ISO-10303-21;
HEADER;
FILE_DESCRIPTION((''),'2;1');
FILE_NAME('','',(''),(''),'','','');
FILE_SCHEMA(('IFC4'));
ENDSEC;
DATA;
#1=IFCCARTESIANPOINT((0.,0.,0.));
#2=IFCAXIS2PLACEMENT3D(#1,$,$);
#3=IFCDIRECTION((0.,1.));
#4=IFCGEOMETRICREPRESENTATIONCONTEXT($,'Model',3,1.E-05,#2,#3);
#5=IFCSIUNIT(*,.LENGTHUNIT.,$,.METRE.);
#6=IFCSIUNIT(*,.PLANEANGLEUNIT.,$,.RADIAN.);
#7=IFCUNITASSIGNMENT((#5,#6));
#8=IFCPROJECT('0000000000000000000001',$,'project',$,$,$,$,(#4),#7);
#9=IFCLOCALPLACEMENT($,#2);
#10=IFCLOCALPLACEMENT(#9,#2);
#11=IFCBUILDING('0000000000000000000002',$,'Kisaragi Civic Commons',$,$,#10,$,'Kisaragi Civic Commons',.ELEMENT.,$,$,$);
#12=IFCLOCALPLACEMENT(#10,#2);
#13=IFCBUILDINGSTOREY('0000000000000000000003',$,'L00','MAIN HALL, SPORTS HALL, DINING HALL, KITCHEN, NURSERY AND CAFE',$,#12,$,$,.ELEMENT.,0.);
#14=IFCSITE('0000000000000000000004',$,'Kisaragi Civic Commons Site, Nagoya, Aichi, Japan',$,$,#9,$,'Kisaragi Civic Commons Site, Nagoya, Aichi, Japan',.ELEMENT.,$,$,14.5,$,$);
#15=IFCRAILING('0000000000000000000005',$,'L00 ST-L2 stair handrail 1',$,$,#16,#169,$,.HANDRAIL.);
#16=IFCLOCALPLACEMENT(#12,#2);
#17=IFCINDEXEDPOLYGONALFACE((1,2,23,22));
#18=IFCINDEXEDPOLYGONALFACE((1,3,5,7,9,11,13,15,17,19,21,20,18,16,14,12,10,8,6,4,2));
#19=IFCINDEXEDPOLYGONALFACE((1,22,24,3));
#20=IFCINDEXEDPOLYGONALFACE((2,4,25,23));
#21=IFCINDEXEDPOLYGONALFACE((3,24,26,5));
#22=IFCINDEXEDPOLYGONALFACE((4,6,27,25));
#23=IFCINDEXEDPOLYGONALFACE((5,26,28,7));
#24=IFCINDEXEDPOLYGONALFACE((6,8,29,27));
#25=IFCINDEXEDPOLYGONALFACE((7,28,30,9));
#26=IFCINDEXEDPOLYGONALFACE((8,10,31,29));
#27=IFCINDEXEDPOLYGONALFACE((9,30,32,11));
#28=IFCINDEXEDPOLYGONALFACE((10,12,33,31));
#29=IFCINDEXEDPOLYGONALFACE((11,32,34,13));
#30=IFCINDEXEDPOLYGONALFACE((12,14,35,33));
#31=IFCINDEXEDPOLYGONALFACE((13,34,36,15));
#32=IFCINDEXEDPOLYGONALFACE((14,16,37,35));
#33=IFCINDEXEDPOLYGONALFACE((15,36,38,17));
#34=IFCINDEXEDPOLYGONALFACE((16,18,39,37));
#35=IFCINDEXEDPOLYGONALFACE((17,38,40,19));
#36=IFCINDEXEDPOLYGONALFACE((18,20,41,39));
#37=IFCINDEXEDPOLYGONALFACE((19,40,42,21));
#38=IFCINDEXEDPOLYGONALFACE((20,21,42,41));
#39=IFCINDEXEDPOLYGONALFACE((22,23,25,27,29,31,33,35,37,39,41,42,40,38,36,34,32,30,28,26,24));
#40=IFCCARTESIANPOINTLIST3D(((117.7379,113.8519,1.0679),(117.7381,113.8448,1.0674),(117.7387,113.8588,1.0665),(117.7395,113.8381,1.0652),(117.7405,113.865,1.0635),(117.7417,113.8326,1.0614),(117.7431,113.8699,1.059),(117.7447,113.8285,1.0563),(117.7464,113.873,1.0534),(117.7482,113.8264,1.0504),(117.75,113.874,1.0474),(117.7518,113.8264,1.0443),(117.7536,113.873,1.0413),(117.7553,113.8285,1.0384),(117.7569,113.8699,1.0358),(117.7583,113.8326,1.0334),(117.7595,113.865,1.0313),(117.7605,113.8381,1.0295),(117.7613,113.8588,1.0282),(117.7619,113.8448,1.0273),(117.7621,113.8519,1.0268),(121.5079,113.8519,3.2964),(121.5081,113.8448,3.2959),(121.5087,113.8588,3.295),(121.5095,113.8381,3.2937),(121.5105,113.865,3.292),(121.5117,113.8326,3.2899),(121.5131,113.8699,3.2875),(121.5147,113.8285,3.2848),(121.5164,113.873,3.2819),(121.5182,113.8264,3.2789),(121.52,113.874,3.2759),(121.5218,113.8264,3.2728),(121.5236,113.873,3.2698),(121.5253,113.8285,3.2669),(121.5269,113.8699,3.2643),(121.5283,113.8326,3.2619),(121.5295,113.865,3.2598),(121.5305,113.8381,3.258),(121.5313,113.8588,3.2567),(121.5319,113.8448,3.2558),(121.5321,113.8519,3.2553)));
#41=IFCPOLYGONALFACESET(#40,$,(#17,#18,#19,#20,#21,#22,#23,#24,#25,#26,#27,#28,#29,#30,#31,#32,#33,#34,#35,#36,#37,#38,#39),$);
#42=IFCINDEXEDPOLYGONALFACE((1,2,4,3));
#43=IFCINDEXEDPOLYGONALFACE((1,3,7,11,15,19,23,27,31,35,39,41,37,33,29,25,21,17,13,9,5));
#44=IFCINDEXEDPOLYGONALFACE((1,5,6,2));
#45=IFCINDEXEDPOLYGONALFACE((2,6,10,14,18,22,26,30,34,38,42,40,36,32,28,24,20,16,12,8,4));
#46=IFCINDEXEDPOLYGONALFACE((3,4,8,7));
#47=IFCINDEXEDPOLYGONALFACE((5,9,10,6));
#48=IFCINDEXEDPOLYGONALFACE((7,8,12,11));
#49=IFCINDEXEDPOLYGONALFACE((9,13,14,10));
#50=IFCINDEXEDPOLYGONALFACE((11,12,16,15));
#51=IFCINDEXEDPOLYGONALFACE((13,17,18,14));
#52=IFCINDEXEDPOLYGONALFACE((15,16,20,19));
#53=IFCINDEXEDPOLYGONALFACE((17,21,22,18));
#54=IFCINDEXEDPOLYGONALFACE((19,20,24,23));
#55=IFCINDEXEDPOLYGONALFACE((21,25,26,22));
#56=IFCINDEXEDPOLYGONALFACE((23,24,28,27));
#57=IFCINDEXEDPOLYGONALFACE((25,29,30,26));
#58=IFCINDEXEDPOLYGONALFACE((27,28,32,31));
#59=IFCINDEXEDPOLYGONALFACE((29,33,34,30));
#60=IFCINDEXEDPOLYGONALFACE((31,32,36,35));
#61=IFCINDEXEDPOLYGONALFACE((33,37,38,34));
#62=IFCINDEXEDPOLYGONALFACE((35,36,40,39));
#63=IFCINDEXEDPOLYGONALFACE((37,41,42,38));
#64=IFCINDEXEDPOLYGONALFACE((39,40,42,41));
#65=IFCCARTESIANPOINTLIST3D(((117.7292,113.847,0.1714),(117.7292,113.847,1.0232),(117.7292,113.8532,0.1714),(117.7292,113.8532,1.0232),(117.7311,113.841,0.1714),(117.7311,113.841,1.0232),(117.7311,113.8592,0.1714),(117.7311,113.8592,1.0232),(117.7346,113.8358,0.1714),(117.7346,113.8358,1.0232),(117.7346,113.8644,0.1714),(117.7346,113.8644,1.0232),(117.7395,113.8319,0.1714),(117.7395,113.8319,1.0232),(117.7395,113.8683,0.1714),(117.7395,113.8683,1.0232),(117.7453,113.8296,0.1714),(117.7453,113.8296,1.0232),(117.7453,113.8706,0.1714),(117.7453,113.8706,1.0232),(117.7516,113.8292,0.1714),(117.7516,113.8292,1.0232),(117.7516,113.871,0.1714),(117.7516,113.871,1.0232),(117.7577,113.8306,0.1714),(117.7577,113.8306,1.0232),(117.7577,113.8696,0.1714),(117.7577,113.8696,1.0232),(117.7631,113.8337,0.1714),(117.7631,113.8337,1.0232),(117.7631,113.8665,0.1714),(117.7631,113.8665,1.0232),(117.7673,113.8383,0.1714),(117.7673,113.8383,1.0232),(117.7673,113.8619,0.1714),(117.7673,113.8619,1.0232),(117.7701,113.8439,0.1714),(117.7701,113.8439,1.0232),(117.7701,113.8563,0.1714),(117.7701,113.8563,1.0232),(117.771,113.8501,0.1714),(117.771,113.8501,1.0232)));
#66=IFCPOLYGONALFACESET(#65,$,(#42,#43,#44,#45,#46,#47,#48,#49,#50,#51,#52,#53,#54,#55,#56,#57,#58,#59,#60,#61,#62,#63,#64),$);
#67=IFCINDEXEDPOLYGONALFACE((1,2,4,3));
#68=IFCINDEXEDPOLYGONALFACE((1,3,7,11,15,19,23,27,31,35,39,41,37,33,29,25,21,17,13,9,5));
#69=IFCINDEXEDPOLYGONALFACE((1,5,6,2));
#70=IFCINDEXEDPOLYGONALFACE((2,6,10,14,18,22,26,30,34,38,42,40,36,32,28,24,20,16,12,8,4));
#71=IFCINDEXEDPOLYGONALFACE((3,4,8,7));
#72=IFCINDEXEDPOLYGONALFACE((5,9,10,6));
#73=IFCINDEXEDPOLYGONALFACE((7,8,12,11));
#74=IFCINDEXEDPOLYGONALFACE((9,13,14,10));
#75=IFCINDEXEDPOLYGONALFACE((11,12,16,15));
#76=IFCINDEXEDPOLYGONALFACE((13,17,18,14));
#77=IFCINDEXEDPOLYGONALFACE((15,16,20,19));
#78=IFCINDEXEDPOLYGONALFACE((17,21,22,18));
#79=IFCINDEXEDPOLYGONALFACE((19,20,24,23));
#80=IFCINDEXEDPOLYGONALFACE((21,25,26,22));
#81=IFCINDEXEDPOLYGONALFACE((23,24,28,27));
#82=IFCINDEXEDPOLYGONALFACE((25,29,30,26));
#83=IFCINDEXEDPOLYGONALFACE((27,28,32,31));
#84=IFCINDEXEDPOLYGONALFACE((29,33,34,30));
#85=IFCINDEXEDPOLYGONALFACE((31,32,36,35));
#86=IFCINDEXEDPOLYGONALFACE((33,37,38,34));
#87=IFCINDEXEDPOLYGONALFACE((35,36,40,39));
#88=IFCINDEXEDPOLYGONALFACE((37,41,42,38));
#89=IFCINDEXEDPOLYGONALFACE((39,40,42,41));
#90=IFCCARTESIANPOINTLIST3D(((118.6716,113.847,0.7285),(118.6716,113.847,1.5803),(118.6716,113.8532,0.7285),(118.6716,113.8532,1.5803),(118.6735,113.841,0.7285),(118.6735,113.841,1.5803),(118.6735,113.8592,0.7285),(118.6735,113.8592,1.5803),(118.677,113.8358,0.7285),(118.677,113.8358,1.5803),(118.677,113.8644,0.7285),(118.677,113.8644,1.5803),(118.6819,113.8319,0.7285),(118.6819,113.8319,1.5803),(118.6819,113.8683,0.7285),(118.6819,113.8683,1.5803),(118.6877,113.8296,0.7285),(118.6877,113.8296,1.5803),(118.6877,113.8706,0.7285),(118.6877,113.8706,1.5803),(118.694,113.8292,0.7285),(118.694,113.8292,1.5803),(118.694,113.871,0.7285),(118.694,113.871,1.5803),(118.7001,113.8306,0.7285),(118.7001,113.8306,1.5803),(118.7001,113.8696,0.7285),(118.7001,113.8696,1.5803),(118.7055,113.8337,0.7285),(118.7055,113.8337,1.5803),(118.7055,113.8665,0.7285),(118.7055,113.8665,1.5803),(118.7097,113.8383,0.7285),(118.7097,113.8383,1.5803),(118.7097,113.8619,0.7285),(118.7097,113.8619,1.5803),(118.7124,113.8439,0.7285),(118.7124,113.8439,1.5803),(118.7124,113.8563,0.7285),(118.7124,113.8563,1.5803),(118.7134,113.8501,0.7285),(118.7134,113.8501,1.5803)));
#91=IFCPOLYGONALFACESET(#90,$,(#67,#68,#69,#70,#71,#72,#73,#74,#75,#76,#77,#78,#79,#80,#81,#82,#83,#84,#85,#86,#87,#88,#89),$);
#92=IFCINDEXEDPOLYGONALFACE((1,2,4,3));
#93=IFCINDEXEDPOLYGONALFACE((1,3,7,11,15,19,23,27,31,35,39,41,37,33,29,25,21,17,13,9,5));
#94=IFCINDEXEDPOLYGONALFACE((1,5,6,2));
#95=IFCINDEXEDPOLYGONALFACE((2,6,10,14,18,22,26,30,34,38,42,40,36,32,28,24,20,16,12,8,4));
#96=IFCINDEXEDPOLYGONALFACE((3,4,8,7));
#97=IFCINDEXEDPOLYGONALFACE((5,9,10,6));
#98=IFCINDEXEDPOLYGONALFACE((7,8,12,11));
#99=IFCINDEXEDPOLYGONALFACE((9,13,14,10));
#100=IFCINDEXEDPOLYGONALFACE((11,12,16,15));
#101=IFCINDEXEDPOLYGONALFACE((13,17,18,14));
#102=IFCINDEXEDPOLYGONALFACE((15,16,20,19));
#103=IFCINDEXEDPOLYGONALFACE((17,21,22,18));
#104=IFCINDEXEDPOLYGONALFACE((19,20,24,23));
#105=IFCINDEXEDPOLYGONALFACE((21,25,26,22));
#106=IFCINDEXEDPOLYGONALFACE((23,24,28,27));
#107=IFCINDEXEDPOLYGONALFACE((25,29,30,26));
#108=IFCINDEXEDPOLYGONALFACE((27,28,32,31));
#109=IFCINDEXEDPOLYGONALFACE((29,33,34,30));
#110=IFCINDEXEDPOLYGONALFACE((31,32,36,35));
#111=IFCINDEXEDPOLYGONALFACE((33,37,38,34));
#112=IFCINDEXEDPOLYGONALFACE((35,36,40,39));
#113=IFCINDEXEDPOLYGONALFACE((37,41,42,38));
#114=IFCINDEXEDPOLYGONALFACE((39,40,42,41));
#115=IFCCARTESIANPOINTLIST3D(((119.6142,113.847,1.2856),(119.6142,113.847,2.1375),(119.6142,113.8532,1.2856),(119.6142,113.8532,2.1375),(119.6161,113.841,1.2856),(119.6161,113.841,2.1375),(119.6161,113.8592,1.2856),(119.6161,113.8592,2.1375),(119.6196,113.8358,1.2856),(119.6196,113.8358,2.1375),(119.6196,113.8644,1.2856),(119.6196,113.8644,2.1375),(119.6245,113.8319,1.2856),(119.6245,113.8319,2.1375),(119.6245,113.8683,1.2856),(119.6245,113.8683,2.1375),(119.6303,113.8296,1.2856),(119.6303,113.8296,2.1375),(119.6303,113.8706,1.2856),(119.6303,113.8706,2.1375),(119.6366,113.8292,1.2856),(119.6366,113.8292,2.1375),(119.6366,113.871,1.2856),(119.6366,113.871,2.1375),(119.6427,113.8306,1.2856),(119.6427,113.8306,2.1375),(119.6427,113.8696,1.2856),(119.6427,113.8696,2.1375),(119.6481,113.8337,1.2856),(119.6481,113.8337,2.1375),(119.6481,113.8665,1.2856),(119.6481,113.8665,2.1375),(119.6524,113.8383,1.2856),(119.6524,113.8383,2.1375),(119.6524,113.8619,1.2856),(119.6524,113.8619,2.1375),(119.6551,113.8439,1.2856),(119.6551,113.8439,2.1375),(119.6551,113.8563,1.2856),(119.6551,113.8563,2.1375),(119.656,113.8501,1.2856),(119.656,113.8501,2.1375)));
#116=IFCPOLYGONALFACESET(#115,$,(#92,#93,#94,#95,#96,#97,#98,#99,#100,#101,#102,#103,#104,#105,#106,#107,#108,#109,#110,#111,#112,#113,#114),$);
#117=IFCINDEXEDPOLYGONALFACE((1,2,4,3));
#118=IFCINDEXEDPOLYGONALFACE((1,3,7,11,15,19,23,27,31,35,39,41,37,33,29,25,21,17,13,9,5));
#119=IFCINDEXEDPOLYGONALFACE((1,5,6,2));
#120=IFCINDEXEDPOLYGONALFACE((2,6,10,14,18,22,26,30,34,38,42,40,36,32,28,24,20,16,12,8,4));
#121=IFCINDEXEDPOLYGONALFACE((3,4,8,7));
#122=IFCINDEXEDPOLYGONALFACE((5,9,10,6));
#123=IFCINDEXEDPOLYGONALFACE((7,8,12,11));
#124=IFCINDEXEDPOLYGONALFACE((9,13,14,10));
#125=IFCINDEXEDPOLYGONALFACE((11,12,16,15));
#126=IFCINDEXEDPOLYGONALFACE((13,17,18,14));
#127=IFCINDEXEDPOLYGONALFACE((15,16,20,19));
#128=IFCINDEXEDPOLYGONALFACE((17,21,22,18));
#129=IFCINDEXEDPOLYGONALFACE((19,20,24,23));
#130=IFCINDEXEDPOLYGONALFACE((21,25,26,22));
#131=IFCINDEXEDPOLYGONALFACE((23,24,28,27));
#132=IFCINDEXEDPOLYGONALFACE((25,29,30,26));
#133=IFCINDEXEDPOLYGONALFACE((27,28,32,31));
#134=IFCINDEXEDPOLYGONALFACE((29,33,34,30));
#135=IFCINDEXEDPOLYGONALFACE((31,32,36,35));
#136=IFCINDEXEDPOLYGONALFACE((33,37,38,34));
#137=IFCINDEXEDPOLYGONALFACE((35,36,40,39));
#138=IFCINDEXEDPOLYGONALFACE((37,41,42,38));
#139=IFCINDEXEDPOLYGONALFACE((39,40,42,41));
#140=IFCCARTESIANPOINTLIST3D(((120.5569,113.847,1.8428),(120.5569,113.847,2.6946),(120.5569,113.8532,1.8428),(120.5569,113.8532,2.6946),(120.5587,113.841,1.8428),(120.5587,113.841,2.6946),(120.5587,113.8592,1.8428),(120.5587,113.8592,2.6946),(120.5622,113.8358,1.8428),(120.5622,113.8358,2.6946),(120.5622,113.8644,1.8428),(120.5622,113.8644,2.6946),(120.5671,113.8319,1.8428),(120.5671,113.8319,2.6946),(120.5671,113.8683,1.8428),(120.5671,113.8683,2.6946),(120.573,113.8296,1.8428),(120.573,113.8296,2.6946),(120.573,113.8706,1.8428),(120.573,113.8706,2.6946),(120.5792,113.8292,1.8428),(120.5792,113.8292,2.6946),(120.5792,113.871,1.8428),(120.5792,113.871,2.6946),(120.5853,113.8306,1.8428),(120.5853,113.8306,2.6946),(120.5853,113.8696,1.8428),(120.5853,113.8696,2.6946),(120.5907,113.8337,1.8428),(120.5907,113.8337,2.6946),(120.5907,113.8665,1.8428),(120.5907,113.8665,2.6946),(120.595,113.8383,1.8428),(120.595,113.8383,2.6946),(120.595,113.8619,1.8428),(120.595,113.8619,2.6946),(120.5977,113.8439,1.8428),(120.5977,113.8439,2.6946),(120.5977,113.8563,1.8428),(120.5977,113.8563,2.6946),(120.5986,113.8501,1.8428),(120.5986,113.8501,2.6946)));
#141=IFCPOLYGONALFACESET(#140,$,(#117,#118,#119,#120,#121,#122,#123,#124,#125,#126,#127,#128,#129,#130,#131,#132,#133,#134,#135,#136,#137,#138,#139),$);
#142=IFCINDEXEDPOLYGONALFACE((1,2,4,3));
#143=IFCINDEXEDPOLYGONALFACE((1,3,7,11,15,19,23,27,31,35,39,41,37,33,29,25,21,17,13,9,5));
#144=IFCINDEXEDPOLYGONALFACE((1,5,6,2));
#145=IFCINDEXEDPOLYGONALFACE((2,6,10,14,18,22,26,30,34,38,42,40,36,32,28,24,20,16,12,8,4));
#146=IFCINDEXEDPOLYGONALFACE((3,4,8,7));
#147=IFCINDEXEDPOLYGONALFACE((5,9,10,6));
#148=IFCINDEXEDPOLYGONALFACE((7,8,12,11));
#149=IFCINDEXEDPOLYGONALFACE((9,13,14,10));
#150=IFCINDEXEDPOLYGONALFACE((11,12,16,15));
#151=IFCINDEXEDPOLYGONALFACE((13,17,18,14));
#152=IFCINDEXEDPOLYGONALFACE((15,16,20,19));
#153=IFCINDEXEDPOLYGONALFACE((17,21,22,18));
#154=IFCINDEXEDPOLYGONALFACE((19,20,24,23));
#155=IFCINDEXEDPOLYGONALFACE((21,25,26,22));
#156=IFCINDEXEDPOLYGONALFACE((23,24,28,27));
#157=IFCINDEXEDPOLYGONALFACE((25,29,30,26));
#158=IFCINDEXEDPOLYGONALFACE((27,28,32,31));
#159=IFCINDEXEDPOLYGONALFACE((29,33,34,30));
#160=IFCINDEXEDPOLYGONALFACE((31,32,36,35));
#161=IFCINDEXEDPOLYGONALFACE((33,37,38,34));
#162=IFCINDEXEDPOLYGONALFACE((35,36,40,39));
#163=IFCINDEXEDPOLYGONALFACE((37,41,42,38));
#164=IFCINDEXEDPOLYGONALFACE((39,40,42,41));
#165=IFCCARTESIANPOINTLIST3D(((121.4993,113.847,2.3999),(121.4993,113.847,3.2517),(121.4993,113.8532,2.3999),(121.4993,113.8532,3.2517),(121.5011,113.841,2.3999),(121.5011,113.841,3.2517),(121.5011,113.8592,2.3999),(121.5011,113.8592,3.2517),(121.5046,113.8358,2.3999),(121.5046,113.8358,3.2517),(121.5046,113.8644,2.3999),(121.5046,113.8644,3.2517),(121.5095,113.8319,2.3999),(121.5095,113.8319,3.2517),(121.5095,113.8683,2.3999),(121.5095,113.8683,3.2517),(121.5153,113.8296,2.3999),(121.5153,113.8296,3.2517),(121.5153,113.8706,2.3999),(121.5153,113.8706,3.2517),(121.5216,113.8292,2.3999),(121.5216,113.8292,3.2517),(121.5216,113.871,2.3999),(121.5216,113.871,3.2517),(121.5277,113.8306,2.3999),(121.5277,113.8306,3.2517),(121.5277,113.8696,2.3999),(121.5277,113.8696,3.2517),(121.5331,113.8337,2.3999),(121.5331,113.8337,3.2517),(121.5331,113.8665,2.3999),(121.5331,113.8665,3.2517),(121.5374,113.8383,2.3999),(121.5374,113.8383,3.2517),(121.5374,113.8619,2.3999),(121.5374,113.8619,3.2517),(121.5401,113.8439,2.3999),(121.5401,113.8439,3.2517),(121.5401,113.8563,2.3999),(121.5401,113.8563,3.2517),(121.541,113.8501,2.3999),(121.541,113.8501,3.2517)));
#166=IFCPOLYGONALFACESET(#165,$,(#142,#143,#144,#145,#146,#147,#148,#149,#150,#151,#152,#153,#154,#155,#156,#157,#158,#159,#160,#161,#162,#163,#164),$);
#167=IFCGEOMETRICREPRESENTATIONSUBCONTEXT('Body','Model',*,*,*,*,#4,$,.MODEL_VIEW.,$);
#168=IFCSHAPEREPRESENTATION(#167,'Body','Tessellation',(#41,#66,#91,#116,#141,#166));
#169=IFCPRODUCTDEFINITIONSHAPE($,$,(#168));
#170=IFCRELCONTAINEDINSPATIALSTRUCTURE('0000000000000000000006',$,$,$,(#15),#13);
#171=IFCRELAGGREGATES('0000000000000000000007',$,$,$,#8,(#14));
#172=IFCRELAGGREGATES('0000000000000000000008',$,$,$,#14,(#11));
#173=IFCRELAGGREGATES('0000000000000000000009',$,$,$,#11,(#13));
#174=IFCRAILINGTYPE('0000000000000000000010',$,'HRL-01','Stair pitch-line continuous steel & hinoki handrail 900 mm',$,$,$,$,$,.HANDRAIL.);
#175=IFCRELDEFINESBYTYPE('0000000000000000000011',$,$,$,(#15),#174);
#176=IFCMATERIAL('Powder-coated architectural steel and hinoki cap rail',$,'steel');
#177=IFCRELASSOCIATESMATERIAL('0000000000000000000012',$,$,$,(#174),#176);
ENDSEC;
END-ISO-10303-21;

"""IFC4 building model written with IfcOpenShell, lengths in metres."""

from ifc_helpers import new_model, si_unit, direction, frame, origin, origin_2d, place, context, subcontext, project, spatial, circle, extrude, material, type_object, element, save


model = new_model("IFC4")

# Units and contexts
model_context = context("Model", 3, precision=1e-05, world=origin(), true_north=direction((0.0, 1.0)))
body_context = subcontext(model_context, "Body", "Model", "MODEL_VIEW")
ifc_project = project(units=[si_unit("LENGTHUNIT", "METRE"), si_unit("PLANEANGLEUNIT", "RADIAN")], contexts=[model_context])

# Site, building, storey
site_placement = place(None, origin())
site = spatial("IfcSite", under=ifc_project, at=site_placement, Name="Kisaragi Civic Commons Site, Nagoya, Aichi, Japan", LongName="Kisaragi Civic Commons Site, Nagoya, Aichi, Japan", CompositionType="ELEMENT", RefElevation=14.5)
building_placement = place(site_placement, origin())
building = spatial("IfcBuilding", under=site, at=building_placement, Name="Kisaragi Civic Commons", LongName="Kisaragi Civic Commons", CompositionType="ELEMENT")
storey_placement = place(building_placement, origin())
storey = spatial("IfcBuildingStorey", under=building, at=storey_placement, Name="L00", Description="MAIN HALL, SPORTS HALL, DINING HALL, KITCHEN, NURSERY AND CAFE", CompositionType="ELEMENT", Elevation=0.0)

# Railing
ifc_material_1 = material(Name="Powder-coated architectural steel and hinoki cap rail", Category="steel")
railing_type_1 = type_object("IfcRailingType", Name="HRL-01", Description="Stair pitch-line continuous steel & hinoki handrail 900 mm", PredefinedType="HANDRAIL", material=ifc_material_1)
railing_1_placement = place(storey_placement, frame((117.75, 113.8501, 0.1714)))
element("IfcRailing", 1, at=railing_1_placement, inside=storey, type_object=railing_type_1, Name="L00 ST-L2 stair handrail 1", PredefinedType="HANDRAIL", context=body_context, shape_type="SweptSolid", body=[
    extrude(circle(Radius=0.0239, at=origin_2d()), frame((0.0, 0.0, 0.876), z_axis=(0.860849, 0.0, 0.508861), x_axis=(0.0, 1.0, 0.0)), (0.0, 0.0, 1.0), 4.3794),
    extrude(circle(Radius=0.021, at=origin_2d()), origin(), (0.0, 0.0, 1.0), 0.8518),
    extrude(circle(Radius=0.021, at=origin_2d()), frame((0.9424, 0.0, 0.5571)), (0.0, 0.0, 1.0), 0.8518),
    extrude(circle(Radius=0.021, at=origin_2d()), frame((1.885, 0.0, 1.1143)), (0.0, 0.0, 1.0), 0.8518),
    extrude(circle(Radius=0.021, at=origin_2d()), frame((2.8276, 0.0, 1.6714)), (0.0, 0.0, 1.0), 0.8518),
    extrude(circle(Radius=0.021, at=origin_2d()), frame((3.77, 0.0, 2.2285)), (0.0, 0.0, 1.0), 0.8518),
])

save(model, "model.ifc")
